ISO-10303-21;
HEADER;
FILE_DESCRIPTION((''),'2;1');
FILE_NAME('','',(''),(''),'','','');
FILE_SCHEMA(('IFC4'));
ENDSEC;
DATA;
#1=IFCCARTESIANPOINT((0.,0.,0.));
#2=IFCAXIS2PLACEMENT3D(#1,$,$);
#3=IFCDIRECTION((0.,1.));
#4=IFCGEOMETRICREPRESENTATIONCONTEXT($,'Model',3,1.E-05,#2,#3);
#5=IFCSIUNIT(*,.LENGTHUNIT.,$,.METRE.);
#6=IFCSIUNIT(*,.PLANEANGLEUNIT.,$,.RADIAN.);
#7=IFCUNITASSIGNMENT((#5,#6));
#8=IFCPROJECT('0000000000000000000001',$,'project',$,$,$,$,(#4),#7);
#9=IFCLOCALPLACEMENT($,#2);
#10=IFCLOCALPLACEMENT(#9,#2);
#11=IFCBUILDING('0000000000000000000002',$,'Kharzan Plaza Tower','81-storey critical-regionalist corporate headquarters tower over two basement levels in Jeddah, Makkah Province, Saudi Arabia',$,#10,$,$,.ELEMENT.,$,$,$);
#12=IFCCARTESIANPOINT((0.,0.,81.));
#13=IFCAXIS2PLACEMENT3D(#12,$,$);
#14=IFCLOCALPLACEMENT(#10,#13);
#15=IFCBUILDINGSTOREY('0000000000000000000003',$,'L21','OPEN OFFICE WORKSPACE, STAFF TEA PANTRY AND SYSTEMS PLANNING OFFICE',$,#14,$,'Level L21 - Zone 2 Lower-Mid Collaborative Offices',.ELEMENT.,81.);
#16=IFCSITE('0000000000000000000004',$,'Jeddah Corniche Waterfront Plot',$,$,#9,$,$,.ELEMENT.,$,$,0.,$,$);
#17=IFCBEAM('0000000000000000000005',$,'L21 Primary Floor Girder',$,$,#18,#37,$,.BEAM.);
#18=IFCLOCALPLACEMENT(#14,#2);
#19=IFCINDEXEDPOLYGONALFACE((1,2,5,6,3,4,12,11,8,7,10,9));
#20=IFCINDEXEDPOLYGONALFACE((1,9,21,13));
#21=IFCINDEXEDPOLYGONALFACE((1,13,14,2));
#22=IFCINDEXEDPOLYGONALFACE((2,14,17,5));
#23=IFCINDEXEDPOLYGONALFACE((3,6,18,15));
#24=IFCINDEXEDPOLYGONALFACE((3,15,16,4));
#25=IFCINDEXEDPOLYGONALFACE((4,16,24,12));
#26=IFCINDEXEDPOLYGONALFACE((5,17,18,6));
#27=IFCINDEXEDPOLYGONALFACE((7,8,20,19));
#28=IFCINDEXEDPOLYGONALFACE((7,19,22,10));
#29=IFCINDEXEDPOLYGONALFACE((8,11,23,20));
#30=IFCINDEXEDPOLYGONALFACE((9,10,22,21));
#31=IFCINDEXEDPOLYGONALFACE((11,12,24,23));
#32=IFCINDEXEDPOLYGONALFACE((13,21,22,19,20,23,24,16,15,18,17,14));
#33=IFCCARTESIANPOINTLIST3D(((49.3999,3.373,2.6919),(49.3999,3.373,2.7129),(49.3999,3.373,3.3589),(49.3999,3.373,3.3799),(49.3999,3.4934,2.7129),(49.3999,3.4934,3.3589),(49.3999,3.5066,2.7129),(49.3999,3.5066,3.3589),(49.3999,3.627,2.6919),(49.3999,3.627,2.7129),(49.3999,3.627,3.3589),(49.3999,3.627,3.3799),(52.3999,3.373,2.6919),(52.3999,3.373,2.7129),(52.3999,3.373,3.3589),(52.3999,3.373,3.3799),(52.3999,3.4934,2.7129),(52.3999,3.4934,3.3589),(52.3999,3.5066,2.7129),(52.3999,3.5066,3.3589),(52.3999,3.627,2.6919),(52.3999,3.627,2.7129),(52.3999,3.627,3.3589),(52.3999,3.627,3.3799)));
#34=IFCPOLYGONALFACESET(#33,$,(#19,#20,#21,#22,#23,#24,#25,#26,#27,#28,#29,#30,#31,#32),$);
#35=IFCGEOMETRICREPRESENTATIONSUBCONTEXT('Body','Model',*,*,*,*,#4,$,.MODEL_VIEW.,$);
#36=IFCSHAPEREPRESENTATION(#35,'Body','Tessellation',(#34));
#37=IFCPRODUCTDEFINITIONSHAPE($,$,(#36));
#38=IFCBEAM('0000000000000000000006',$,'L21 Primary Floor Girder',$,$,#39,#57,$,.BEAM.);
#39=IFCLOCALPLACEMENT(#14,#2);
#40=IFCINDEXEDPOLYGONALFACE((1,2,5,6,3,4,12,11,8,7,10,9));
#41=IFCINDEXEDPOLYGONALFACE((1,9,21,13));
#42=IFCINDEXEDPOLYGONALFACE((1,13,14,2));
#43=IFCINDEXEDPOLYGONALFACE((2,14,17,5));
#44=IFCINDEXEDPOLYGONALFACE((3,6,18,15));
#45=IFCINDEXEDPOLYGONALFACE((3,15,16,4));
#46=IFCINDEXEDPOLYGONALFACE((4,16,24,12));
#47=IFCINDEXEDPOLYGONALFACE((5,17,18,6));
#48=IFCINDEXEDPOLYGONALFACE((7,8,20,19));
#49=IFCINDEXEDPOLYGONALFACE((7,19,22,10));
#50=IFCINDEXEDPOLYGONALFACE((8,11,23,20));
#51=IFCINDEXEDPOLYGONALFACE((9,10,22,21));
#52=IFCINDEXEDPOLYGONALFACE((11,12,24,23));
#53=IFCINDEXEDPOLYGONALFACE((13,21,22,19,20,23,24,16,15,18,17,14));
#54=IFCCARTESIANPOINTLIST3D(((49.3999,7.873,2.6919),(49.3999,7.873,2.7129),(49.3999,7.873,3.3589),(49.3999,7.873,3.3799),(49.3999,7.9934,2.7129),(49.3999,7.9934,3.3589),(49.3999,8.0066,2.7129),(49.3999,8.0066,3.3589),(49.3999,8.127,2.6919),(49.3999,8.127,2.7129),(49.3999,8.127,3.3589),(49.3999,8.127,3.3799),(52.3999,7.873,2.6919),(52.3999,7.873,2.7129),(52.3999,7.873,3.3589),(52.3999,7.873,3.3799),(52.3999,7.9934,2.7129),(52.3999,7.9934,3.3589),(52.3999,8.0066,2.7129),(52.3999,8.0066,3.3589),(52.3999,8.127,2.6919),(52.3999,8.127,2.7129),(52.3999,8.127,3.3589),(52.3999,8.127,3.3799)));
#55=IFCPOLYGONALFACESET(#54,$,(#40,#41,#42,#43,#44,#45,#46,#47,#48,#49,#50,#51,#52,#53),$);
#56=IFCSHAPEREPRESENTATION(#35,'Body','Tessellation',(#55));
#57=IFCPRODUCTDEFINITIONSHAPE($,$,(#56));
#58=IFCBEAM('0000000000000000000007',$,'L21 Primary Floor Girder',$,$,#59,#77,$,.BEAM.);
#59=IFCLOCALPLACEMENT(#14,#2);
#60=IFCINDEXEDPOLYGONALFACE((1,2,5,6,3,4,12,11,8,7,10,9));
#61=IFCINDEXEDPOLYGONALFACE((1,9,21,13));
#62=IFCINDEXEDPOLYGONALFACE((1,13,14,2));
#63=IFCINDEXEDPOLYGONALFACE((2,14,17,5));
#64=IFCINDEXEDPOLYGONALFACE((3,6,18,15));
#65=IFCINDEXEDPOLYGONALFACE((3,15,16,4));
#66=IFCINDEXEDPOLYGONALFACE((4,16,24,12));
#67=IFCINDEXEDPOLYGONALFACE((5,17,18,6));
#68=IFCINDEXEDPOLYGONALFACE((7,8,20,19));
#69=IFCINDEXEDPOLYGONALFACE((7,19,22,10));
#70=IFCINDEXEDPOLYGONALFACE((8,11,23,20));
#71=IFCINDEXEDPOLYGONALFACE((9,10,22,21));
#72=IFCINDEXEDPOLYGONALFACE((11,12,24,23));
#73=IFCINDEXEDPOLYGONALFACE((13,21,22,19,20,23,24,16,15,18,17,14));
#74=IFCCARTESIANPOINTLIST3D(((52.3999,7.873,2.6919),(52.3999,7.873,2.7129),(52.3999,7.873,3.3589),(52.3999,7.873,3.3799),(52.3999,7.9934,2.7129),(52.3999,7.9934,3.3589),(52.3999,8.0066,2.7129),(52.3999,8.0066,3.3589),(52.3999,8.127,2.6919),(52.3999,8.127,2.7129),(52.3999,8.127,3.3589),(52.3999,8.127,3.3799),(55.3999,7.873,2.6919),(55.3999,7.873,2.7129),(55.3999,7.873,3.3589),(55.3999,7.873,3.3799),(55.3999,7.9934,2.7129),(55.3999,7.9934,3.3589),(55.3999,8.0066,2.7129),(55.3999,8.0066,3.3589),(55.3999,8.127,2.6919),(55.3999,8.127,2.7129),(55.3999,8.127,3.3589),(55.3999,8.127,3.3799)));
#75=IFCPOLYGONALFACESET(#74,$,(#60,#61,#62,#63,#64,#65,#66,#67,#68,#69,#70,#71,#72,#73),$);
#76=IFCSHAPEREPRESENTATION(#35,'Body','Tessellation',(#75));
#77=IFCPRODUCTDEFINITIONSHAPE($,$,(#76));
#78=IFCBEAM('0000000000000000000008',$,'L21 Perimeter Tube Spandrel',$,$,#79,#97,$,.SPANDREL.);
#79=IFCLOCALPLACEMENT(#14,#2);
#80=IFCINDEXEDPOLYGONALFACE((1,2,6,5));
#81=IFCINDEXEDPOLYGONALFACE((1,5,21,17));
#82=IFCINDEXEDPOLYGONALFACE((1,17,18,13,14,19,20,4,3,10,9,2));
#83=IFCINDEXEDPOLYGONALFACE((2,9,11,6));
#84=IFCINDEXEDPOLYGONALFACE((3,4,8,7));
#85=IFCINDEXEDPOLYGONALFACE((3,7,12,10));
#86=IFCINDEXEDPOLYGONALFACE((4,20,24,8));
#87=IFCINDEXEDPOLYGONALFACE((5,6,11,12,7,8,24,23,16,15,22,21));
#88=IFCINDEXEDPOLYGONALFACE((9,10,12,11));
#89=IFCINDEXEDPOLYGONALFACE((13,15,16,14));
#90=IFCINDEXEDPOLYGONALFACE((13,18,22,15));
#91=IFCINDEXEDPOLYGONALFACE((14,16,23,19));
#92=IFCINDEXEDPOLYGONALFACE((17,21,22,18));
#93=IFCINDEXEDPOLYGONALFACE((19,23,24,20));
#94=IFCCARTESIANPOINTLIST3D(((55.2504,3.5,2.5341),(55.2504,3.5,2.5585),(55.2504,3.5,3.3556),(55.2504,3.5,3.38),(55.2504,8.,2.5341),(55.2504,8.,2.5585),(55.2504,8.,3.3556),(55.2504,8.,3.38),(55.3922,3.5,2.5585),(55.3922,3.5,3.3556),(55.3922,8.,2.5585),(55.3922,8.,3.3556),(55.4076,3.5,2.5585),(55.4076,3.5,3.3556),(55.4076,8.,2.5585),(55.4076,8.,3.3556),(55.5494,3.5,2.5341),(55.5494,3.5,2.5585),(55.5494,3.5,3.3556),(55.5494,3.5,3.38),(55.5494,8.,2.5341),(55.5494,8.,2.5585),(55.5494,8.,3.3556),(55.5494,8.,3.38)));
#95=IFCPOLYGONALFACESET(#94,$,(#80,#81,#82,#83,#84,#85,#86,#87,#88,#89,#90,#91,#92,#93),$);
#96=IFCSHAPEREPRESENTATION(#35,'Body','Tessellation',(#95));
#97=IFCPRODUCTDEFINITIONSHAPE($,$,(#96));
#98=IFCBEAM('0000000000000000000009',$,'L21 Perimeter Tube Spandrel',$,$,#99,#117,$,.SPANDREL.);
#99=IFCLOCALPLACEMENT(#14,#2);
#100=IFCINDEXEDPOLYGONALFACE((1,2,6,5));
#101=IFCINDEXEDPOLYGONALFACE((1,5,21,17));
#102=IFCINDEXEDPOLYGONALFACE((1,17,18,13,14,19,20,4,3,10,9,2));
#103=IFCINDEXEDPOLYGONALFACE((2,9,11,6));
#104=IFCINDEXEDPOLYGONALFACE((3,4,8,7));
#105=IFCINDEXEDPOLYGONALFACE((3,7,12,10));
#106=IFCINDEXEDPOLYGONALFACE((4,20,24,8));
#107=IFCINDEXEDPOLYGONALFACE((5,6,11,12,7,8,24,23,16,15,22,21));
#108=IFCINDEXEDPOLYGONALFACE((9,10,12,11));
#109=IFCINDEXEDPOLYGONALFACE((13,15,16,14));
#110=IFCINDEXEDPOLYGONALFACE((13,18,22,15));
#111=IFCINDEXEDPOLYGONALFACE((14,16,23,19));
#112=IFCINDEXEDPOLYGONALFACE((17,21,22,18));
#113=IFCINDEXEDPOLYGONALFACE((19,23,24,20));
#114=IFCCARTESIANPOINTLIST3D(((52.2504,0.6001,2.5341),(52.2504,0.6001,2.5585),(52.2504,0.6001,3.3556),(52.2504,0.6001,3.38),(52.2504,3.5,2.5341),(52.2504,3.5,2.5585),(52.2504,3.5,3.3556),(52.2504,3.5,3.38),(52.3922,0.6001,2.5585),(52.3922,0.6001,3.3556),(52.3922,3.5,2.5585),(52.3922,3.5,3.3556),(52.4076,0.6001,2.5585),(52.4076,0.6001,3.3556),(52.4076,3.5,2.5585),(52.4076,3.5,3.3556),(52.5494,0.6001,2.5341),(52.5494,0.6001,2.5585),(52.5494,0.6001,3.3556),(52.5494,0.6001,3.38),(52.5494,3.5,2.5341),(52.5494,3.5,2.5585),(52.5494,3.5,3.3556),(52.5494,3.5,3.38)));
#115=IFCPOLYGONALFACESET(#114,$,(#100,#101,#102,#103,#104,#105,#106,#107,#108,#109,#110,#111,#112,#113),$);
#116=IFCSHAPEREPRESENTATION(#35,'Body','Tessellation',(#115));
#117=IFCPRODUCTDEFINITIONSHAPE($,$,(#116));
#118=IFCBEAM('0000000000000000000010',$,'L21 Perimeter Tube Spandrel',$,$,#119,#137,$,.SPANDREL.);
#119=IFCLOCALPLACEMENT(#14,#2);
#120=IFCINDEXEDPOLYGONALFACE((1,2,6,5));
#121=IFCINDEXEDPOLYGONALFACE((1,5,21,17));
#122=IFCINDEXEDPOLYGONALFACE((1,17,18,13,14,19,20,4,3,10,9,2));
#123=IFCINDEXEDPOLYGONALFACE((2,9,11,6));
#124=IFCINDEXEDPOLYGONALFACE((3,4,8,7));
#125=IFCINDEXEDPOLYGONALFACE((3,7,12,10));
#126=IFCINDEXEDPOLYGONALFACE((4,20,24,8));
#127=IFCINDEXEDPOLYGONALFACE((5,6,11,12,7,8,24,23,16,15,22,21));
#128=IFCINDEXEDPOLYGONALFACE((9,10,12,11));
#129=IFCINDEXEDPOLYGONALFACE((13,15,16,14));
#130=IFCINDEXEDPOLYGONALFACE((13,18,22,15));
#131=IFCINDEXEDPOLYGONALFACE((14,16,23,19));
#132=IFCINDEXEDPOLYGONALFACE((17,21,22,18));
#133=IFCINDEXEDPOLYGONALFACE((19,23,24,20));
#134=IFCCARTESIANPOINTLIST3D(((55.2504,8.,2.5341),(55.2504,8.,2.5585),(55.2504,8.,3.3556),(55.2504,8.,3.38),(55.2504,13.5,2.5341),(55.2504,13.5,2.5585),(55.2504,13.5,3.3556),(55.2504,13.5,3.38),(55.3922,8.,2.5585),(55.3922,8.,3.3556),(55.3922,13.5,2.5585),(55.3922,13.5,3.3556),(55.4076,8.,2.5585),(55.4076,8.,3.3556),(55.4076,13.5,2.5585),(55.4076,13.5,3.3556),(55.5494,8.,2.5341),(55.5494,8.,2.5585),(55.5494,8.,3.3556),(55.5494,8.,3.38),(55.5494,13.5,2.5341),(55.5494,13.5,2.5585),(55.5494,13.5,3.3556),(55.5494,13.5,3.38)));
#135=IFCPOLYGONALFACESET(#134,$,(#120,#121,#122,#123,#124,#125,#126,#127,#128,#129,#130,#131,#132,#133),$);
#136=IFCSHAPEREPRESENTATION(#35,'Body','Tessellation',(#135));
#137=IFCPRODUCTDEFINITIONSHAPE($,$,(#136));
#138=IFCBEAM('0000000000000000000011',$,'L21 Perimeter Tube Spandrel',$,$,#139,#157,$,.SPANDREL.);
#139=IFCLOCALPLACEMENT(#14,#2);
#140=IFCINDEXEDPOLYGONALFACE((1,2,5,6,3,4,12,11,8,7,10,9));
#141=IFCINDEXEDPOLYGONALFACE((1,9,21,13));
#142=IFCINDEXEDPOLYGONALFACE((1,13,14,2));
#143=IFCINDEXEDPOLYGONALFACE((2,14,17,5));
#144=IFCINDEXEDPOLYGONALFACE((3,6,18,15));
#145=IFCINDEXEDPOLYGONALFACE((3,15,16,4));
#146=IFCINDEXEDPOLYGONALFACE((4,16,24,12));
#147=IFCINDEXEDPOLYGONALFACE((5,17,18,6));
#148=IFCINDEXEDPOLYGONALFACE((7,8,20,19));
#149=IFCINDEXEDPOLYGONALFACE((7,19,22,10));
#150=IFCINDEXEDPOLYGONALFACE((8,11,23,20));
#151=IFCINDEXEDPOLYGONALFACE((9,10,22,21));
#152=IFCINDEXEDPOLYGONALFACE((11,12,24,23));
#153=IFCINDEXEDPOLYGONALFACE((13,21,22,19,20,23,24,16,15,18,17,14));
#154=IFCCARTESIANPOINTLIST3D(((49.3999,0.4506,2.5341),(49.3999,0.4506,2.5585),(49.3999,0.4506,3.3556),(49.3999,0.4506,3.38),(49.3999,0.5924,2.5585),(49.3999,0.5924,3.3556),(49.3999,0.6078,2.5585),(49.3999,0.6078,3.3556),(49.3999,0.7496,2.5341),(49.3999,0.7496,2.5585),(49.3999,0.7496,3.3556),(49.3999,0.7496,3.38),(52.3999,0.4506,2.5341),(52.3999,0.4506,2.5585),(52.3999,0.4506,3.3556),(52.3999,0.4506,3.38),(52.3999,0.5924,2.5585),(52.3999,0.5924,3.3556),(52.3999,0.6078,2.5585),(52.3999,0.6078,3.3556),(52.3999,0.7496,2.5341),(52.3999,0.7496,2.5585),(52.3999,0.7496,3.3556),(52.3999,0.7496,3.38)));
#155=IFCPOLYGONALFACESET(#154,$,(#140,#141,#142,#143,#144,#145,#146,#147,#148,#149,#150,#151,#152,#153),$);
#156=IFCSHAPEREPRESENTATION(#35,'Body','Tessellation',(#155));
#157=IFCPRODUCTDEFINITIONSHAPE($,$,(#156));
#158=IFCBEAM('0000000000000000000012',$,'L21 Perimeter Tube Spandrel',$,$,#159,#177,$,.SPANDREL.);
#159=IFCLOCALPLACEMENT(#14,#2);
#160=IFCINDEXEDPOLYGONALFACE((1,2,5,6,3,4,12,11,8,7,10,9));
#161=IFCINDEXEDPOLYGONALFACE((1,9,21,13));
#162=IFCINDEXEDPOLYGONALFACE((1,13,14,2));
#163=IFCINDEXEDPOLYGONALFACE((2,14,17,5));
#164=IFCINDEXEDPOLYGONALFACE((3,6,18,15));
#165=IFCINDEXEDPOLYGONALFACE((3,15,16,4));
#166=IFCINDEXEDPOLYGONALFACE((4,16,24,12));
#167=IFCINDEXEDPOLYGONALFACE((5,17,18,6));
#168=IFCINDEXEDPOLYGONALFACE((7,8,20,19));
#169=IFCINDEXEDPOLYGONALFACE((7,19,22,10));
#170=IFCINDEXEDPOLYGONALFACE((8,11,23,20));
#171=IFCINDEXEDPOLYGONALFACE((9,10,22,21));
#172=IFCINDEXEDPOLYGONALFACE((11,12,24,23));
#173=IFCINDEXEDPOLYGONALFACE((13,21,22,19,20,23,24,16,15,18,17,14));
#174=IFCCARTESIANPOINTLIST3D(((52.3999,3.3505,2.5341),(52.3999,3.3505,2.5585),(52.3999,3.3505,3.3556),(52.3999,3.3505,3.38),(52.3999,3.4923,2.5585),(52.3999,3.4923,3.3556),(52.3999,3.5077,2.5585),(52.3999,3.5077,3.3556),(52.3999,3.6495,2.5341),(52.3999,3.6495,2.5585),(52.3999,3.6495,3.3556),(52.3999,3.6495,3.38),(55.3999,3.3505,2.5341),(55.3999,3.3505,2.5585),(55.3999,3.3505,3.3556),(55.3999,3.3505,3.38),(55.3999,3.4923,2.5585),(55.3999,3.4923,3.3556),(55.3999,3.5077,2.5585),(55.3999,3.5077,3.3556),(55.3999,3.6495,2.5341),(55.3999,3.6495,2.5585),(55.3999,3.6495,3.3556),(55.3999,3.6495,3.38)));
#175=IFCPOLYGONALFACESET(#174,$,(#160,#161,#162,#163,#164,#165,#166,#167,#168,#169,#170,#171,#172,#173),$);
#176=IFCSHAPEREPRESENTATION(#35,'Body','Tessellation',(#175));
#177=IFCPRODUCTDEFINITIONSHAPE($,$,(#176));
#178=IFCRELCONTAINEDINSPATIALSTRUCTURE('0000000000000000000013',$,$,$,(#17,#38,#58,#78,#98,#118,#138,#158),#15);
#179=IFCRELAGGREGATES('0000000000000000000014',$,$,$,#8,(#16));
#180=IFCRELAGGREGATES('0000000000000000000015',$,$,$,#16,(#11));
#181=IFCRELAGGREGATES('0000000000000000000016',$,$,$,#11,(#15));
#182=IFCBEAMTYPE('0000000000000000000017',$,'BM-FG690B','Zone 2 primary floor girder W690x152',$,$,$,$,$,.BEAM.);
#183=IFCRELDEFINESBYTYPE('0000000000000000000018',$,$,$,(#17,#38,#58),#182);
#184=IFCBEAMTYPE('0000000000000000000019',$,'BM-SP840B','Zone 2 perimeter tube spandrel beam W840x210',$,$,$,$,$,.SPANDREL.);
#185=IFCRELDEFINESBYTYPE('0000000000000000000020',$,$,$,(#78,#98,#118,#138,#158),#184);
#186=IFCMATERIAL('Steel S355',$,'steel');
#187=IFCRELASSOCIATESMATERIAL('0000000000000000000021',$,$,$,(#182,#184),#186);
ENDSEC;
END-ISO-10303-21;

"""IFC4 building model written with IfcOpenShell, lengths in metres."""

from ifc_helpers import new_model, si_unit, direction, frame, origin, origin_2d, place, context, subcontext, project, spatial, i_section, extrude, source, transform, mapped, material, material_profile, profile_set, type_object, element, save


model = new_model("IFC4")

# Units and contexts
model_context = context("Model", 3, precision=1e-05, world=origin(), true_north=direction((0.0, 1.0)))
body_context = subcontext(model_context, "Body", "Model", "MODEL_VIEW")
ifc_project = project(units=[si_unit("LENGTHUNIT", "METRE"), si_unit("PLANEANGLEUNIT", "RADIAN")], contexts=[model_context])

# Site, building, storey
site_placement = place(None, origin())
site = spatial("IfcSite", under=ifc_project, at=site_placement, Name="Jeddah Corniche Waterfront Plot", CompositionType="ELEMENT", RefElevation=0.0)
building_placement = place(site_placement, origin())
building = spatial("IfcBuilding", under=site, at=building_placement, Name="Kharzan Plaza Tower", Description="81-storey critical-regionalist corporate headquarters tower over two basement levels in Jeddah, Makkah Province, Saudi Arabia", CompositionType="ELEMENT")
storey_placement = place(building_placement, frame((0.0, 0.0, 81.0)))
storey = spatial("IfcBuildingStorey", under=building, at=storey_placement, Name="L21", Description="OPEN OFFICE WORKSPACE, STAFF TEA PANTRY AND SYSTEMS PLANNING OFFICE", LongName="Level L21 - Zone 2 Lower-Mid Collaborative Offices", CompositionType="ELEMENT", Elevation=81.0)

# Beams
ifc_material_1 = material(Name="Steel S355", Category="steel")
ifc_material_profile_1 = material_profile(ifc_material_1, i_section(OverallWidth=0.2539, OverallDepth=0.688, WebThickness=0.0132, FlangeThickness=0.021, at=origin_2d()), Name="W690x152")
ifc_profile_set_1 = profile_set([ifc_material_profile_1], Name="Steel S355")
beam_type_1 = type_object("IfcBeamType", Name="BM-FG690B", Description="Zone 2 primary floor girder W690x152", PredefinedType="BEAM", material=ifc_profile_set_1)
shared_shape_1 = source(origin(), body_context, "Body", "SweptSolid", [
    extrude(i_section(OverallWidth=0.2539, OverallDepth=0.688, WebThickness=0.0132, FlangeThickness=0.021, at=origin_2d()), origin(), (0.0, 0.0, 1.0), 3.0),
])
for number, where, z_axis, x_axis, name in (
    (1, (49.3999, 3.5, 3.0359), (1.0, 0.0, 0.0), (0.0, 1.0, 0.0), "L21 Primary Floor Girder"),
    (2, (49.3999, 8.0, 3.0359), (1.0, 0.0, 0.0), (0.0, 1.0, 0.0), "L21 Primary Floor Girder"),
    (3, (52.3999, 8.0, 3.0359), (1.0, 0.0, 0.0), (0.0, 1.0, 0.0), "L21 Primary Floor Girder"),
):
    element("IfcBeam", number, at=place(storey_placement, frame(where, z_axis=z_axis, x_axis=x_axis)), inside=storey, type_object=beam_type_1, Name=name, PredefinedType="BEAM", context=body_context, shape_type="MappedRepresentation", body=[
        mapped(shared_shape_1, transform((0.0, 0.0, 0.0), x_axis=(1.0, 0.0, 0.0), y_axis=(0.0, 1.0, 0.0), z_axis=(0.0, 0.0, 1.0))),
    ])
ifc_material_profile_2 = material_profile(ifc_material_1, i_section(OverallWidth=0.2991, OverallDepth=0.8459, WebThickness=0.0154, FlangeThickness=0.0244, at=origin_2d()), Name="W840x210")
ifc_profile_set_2 = profile_set([ifc_material_profile_2], Name="Steel S355")
beam_type_2 = type_object("IfcBeamType", Name="BM-SP840B", Description="Zone 2 perimeter tube spandrel beam W840x210", PredefinedType="SPANDREL", material=ifc_profile_set_2)
shared_shape_2 = source(origin(), body_context, "Body", "SweptSolid", [
    extrude(i_section(OverallWidth=0.2991, OverallDepth=0.8459, WebThickness=0.0154, FlangeThickness=0.0244, at=origin_2d()), origin(), (0.0, 0.0, 1.0), 4.5),
])
beam_1_placement = place(storey_placement, frame((55.3999, 3.5, 2.957), z_axis=(0.0, 1.0, 0.0), x_axis=(-1.0, 0.0, 0.0)))
element("IfcBeam", 4, at=beam_1_placement, inside=storey, type_object=beam_type_2, Name="L21 Perimeter Tube Spandrel", PredefinedType="SPANDREL", context=body_context, shape_type="MappedRepresentation", body=[
    mapped(shared_shape_2, transform((0.0, 0.0, 0.0), x_axis=(1.0, 0.0, 0.0), y_axis=(0.0, 1.0, 0.0), z_axis=(0.0, 0.0, 1.0))),
])
shared_shape_3 = source(origin(), body_context, "Body", "SweptSolid", [
    extrude(i_section(OverallWidth=0.2991, OverallDepth=0.8459, WebThickness=0.0154, FlangeThickness=0.0244, at=origin_2d()), origin(), (0.0, 0.0, 1.0), 2.8999),
])
beam_2_placement = place(storey_placement, frame((52.3999, 0.6001, 2.957), z_axis=(0.0, 1.0, 0.0), x_axis=(-1.0, 0.0, 0.0)))
element("IfcBeam", 5, at=beam_2_placement, inside=storey, type_object=beam_type_2, Name="L21 Perimeter Tube Spandrel", PredefinedType="SPANDREL", context=body_context, shape_type="MappedRepresentation", body=[
    mapped(shared_shape_3, transform((0.0, 0.0, 0.0), x_axis=(1.0, 0.0, 0.0), y_axis=(0.0, 1.0, 0.0), z_axis=(0.0, 0.0, 1.0))),
])
shared_shape_4 = source(origin(), body_context, "Body", "SweptSolid", [
    extrude(i_section(OverallWidth=0.2991, OverallDepth=0.8459, WebThickness=0.0154, FlangeThickness=0.0244, at=origin_2d()), origin(), (0.0, 0.0, 1.0), 5.5),
])
beam_3_placement = place(storey_placement, frame((55.3999, 8.0, 2.957), z_axis=(0.0, 1.0, 0.0), x_axis=(-1.0, 0.0, 0.0)))
element("IfcBeam", 6, at=beam_3_placement, inside=storey, type_object=beam_type_2, Name="L21 Perimeter Tube Spandrel", PredefinedType="SPANDREL", context=body_context, shape_type="MappedRepresentation", body=[
    mapped(shared_shape_4, transform((0.0, 0.0, 0.0), x_axis=(1.0, 0.0, 0.0), y_axis=(0.0, 1.0, 0.0), z_axis=(0.0, 0.0, 1.0))),
])
shared_shape_5 = source(origin(), body_context, "Body", "SweptSolid", [
    extrude(i_section(OverallWidth=0.2991, OverallDepth=0.8459, WebThickness=0.0154, FlangeThickness=0.0244, at=origin_2d()), origin(), (0.0, 0.0, 1.0), 3.0),
])
for number, where, z_axis, x_axis, name in (
    (7, (49.3999, 0.6001, 2.957), (1.0, 0.0, 0.0), (0.0, 1.0, 0.0), "L21 Perimeter Tube Spandrel"),
    (8, (52.3999, 3.5, 2.957), (1.0, 0.0, 0.0), (0.0, 1.0, 0.0), "L21 Perimeter Tube Spandrel"),
):
    element("IfcBeam", number, at=place(storey_placement, frame(where, z_axis=z_axis, x_axis=x_axis)), inside=storey, type_object=beam_type_2, Name=name, PredefinedType="SPANDREL", context=body_context, shape_type="MappedRepresentation", body=[
        mapped(shared_shape_5, transform((0.0, 0.0, 0.0), x_axis=(1.0, 0.0, 0.0), y_axis=(0.0, 1.0, 0.0), z_axis=(0.0, 0.0, 1.0))),
    ])

save(model, "model.ifc")
